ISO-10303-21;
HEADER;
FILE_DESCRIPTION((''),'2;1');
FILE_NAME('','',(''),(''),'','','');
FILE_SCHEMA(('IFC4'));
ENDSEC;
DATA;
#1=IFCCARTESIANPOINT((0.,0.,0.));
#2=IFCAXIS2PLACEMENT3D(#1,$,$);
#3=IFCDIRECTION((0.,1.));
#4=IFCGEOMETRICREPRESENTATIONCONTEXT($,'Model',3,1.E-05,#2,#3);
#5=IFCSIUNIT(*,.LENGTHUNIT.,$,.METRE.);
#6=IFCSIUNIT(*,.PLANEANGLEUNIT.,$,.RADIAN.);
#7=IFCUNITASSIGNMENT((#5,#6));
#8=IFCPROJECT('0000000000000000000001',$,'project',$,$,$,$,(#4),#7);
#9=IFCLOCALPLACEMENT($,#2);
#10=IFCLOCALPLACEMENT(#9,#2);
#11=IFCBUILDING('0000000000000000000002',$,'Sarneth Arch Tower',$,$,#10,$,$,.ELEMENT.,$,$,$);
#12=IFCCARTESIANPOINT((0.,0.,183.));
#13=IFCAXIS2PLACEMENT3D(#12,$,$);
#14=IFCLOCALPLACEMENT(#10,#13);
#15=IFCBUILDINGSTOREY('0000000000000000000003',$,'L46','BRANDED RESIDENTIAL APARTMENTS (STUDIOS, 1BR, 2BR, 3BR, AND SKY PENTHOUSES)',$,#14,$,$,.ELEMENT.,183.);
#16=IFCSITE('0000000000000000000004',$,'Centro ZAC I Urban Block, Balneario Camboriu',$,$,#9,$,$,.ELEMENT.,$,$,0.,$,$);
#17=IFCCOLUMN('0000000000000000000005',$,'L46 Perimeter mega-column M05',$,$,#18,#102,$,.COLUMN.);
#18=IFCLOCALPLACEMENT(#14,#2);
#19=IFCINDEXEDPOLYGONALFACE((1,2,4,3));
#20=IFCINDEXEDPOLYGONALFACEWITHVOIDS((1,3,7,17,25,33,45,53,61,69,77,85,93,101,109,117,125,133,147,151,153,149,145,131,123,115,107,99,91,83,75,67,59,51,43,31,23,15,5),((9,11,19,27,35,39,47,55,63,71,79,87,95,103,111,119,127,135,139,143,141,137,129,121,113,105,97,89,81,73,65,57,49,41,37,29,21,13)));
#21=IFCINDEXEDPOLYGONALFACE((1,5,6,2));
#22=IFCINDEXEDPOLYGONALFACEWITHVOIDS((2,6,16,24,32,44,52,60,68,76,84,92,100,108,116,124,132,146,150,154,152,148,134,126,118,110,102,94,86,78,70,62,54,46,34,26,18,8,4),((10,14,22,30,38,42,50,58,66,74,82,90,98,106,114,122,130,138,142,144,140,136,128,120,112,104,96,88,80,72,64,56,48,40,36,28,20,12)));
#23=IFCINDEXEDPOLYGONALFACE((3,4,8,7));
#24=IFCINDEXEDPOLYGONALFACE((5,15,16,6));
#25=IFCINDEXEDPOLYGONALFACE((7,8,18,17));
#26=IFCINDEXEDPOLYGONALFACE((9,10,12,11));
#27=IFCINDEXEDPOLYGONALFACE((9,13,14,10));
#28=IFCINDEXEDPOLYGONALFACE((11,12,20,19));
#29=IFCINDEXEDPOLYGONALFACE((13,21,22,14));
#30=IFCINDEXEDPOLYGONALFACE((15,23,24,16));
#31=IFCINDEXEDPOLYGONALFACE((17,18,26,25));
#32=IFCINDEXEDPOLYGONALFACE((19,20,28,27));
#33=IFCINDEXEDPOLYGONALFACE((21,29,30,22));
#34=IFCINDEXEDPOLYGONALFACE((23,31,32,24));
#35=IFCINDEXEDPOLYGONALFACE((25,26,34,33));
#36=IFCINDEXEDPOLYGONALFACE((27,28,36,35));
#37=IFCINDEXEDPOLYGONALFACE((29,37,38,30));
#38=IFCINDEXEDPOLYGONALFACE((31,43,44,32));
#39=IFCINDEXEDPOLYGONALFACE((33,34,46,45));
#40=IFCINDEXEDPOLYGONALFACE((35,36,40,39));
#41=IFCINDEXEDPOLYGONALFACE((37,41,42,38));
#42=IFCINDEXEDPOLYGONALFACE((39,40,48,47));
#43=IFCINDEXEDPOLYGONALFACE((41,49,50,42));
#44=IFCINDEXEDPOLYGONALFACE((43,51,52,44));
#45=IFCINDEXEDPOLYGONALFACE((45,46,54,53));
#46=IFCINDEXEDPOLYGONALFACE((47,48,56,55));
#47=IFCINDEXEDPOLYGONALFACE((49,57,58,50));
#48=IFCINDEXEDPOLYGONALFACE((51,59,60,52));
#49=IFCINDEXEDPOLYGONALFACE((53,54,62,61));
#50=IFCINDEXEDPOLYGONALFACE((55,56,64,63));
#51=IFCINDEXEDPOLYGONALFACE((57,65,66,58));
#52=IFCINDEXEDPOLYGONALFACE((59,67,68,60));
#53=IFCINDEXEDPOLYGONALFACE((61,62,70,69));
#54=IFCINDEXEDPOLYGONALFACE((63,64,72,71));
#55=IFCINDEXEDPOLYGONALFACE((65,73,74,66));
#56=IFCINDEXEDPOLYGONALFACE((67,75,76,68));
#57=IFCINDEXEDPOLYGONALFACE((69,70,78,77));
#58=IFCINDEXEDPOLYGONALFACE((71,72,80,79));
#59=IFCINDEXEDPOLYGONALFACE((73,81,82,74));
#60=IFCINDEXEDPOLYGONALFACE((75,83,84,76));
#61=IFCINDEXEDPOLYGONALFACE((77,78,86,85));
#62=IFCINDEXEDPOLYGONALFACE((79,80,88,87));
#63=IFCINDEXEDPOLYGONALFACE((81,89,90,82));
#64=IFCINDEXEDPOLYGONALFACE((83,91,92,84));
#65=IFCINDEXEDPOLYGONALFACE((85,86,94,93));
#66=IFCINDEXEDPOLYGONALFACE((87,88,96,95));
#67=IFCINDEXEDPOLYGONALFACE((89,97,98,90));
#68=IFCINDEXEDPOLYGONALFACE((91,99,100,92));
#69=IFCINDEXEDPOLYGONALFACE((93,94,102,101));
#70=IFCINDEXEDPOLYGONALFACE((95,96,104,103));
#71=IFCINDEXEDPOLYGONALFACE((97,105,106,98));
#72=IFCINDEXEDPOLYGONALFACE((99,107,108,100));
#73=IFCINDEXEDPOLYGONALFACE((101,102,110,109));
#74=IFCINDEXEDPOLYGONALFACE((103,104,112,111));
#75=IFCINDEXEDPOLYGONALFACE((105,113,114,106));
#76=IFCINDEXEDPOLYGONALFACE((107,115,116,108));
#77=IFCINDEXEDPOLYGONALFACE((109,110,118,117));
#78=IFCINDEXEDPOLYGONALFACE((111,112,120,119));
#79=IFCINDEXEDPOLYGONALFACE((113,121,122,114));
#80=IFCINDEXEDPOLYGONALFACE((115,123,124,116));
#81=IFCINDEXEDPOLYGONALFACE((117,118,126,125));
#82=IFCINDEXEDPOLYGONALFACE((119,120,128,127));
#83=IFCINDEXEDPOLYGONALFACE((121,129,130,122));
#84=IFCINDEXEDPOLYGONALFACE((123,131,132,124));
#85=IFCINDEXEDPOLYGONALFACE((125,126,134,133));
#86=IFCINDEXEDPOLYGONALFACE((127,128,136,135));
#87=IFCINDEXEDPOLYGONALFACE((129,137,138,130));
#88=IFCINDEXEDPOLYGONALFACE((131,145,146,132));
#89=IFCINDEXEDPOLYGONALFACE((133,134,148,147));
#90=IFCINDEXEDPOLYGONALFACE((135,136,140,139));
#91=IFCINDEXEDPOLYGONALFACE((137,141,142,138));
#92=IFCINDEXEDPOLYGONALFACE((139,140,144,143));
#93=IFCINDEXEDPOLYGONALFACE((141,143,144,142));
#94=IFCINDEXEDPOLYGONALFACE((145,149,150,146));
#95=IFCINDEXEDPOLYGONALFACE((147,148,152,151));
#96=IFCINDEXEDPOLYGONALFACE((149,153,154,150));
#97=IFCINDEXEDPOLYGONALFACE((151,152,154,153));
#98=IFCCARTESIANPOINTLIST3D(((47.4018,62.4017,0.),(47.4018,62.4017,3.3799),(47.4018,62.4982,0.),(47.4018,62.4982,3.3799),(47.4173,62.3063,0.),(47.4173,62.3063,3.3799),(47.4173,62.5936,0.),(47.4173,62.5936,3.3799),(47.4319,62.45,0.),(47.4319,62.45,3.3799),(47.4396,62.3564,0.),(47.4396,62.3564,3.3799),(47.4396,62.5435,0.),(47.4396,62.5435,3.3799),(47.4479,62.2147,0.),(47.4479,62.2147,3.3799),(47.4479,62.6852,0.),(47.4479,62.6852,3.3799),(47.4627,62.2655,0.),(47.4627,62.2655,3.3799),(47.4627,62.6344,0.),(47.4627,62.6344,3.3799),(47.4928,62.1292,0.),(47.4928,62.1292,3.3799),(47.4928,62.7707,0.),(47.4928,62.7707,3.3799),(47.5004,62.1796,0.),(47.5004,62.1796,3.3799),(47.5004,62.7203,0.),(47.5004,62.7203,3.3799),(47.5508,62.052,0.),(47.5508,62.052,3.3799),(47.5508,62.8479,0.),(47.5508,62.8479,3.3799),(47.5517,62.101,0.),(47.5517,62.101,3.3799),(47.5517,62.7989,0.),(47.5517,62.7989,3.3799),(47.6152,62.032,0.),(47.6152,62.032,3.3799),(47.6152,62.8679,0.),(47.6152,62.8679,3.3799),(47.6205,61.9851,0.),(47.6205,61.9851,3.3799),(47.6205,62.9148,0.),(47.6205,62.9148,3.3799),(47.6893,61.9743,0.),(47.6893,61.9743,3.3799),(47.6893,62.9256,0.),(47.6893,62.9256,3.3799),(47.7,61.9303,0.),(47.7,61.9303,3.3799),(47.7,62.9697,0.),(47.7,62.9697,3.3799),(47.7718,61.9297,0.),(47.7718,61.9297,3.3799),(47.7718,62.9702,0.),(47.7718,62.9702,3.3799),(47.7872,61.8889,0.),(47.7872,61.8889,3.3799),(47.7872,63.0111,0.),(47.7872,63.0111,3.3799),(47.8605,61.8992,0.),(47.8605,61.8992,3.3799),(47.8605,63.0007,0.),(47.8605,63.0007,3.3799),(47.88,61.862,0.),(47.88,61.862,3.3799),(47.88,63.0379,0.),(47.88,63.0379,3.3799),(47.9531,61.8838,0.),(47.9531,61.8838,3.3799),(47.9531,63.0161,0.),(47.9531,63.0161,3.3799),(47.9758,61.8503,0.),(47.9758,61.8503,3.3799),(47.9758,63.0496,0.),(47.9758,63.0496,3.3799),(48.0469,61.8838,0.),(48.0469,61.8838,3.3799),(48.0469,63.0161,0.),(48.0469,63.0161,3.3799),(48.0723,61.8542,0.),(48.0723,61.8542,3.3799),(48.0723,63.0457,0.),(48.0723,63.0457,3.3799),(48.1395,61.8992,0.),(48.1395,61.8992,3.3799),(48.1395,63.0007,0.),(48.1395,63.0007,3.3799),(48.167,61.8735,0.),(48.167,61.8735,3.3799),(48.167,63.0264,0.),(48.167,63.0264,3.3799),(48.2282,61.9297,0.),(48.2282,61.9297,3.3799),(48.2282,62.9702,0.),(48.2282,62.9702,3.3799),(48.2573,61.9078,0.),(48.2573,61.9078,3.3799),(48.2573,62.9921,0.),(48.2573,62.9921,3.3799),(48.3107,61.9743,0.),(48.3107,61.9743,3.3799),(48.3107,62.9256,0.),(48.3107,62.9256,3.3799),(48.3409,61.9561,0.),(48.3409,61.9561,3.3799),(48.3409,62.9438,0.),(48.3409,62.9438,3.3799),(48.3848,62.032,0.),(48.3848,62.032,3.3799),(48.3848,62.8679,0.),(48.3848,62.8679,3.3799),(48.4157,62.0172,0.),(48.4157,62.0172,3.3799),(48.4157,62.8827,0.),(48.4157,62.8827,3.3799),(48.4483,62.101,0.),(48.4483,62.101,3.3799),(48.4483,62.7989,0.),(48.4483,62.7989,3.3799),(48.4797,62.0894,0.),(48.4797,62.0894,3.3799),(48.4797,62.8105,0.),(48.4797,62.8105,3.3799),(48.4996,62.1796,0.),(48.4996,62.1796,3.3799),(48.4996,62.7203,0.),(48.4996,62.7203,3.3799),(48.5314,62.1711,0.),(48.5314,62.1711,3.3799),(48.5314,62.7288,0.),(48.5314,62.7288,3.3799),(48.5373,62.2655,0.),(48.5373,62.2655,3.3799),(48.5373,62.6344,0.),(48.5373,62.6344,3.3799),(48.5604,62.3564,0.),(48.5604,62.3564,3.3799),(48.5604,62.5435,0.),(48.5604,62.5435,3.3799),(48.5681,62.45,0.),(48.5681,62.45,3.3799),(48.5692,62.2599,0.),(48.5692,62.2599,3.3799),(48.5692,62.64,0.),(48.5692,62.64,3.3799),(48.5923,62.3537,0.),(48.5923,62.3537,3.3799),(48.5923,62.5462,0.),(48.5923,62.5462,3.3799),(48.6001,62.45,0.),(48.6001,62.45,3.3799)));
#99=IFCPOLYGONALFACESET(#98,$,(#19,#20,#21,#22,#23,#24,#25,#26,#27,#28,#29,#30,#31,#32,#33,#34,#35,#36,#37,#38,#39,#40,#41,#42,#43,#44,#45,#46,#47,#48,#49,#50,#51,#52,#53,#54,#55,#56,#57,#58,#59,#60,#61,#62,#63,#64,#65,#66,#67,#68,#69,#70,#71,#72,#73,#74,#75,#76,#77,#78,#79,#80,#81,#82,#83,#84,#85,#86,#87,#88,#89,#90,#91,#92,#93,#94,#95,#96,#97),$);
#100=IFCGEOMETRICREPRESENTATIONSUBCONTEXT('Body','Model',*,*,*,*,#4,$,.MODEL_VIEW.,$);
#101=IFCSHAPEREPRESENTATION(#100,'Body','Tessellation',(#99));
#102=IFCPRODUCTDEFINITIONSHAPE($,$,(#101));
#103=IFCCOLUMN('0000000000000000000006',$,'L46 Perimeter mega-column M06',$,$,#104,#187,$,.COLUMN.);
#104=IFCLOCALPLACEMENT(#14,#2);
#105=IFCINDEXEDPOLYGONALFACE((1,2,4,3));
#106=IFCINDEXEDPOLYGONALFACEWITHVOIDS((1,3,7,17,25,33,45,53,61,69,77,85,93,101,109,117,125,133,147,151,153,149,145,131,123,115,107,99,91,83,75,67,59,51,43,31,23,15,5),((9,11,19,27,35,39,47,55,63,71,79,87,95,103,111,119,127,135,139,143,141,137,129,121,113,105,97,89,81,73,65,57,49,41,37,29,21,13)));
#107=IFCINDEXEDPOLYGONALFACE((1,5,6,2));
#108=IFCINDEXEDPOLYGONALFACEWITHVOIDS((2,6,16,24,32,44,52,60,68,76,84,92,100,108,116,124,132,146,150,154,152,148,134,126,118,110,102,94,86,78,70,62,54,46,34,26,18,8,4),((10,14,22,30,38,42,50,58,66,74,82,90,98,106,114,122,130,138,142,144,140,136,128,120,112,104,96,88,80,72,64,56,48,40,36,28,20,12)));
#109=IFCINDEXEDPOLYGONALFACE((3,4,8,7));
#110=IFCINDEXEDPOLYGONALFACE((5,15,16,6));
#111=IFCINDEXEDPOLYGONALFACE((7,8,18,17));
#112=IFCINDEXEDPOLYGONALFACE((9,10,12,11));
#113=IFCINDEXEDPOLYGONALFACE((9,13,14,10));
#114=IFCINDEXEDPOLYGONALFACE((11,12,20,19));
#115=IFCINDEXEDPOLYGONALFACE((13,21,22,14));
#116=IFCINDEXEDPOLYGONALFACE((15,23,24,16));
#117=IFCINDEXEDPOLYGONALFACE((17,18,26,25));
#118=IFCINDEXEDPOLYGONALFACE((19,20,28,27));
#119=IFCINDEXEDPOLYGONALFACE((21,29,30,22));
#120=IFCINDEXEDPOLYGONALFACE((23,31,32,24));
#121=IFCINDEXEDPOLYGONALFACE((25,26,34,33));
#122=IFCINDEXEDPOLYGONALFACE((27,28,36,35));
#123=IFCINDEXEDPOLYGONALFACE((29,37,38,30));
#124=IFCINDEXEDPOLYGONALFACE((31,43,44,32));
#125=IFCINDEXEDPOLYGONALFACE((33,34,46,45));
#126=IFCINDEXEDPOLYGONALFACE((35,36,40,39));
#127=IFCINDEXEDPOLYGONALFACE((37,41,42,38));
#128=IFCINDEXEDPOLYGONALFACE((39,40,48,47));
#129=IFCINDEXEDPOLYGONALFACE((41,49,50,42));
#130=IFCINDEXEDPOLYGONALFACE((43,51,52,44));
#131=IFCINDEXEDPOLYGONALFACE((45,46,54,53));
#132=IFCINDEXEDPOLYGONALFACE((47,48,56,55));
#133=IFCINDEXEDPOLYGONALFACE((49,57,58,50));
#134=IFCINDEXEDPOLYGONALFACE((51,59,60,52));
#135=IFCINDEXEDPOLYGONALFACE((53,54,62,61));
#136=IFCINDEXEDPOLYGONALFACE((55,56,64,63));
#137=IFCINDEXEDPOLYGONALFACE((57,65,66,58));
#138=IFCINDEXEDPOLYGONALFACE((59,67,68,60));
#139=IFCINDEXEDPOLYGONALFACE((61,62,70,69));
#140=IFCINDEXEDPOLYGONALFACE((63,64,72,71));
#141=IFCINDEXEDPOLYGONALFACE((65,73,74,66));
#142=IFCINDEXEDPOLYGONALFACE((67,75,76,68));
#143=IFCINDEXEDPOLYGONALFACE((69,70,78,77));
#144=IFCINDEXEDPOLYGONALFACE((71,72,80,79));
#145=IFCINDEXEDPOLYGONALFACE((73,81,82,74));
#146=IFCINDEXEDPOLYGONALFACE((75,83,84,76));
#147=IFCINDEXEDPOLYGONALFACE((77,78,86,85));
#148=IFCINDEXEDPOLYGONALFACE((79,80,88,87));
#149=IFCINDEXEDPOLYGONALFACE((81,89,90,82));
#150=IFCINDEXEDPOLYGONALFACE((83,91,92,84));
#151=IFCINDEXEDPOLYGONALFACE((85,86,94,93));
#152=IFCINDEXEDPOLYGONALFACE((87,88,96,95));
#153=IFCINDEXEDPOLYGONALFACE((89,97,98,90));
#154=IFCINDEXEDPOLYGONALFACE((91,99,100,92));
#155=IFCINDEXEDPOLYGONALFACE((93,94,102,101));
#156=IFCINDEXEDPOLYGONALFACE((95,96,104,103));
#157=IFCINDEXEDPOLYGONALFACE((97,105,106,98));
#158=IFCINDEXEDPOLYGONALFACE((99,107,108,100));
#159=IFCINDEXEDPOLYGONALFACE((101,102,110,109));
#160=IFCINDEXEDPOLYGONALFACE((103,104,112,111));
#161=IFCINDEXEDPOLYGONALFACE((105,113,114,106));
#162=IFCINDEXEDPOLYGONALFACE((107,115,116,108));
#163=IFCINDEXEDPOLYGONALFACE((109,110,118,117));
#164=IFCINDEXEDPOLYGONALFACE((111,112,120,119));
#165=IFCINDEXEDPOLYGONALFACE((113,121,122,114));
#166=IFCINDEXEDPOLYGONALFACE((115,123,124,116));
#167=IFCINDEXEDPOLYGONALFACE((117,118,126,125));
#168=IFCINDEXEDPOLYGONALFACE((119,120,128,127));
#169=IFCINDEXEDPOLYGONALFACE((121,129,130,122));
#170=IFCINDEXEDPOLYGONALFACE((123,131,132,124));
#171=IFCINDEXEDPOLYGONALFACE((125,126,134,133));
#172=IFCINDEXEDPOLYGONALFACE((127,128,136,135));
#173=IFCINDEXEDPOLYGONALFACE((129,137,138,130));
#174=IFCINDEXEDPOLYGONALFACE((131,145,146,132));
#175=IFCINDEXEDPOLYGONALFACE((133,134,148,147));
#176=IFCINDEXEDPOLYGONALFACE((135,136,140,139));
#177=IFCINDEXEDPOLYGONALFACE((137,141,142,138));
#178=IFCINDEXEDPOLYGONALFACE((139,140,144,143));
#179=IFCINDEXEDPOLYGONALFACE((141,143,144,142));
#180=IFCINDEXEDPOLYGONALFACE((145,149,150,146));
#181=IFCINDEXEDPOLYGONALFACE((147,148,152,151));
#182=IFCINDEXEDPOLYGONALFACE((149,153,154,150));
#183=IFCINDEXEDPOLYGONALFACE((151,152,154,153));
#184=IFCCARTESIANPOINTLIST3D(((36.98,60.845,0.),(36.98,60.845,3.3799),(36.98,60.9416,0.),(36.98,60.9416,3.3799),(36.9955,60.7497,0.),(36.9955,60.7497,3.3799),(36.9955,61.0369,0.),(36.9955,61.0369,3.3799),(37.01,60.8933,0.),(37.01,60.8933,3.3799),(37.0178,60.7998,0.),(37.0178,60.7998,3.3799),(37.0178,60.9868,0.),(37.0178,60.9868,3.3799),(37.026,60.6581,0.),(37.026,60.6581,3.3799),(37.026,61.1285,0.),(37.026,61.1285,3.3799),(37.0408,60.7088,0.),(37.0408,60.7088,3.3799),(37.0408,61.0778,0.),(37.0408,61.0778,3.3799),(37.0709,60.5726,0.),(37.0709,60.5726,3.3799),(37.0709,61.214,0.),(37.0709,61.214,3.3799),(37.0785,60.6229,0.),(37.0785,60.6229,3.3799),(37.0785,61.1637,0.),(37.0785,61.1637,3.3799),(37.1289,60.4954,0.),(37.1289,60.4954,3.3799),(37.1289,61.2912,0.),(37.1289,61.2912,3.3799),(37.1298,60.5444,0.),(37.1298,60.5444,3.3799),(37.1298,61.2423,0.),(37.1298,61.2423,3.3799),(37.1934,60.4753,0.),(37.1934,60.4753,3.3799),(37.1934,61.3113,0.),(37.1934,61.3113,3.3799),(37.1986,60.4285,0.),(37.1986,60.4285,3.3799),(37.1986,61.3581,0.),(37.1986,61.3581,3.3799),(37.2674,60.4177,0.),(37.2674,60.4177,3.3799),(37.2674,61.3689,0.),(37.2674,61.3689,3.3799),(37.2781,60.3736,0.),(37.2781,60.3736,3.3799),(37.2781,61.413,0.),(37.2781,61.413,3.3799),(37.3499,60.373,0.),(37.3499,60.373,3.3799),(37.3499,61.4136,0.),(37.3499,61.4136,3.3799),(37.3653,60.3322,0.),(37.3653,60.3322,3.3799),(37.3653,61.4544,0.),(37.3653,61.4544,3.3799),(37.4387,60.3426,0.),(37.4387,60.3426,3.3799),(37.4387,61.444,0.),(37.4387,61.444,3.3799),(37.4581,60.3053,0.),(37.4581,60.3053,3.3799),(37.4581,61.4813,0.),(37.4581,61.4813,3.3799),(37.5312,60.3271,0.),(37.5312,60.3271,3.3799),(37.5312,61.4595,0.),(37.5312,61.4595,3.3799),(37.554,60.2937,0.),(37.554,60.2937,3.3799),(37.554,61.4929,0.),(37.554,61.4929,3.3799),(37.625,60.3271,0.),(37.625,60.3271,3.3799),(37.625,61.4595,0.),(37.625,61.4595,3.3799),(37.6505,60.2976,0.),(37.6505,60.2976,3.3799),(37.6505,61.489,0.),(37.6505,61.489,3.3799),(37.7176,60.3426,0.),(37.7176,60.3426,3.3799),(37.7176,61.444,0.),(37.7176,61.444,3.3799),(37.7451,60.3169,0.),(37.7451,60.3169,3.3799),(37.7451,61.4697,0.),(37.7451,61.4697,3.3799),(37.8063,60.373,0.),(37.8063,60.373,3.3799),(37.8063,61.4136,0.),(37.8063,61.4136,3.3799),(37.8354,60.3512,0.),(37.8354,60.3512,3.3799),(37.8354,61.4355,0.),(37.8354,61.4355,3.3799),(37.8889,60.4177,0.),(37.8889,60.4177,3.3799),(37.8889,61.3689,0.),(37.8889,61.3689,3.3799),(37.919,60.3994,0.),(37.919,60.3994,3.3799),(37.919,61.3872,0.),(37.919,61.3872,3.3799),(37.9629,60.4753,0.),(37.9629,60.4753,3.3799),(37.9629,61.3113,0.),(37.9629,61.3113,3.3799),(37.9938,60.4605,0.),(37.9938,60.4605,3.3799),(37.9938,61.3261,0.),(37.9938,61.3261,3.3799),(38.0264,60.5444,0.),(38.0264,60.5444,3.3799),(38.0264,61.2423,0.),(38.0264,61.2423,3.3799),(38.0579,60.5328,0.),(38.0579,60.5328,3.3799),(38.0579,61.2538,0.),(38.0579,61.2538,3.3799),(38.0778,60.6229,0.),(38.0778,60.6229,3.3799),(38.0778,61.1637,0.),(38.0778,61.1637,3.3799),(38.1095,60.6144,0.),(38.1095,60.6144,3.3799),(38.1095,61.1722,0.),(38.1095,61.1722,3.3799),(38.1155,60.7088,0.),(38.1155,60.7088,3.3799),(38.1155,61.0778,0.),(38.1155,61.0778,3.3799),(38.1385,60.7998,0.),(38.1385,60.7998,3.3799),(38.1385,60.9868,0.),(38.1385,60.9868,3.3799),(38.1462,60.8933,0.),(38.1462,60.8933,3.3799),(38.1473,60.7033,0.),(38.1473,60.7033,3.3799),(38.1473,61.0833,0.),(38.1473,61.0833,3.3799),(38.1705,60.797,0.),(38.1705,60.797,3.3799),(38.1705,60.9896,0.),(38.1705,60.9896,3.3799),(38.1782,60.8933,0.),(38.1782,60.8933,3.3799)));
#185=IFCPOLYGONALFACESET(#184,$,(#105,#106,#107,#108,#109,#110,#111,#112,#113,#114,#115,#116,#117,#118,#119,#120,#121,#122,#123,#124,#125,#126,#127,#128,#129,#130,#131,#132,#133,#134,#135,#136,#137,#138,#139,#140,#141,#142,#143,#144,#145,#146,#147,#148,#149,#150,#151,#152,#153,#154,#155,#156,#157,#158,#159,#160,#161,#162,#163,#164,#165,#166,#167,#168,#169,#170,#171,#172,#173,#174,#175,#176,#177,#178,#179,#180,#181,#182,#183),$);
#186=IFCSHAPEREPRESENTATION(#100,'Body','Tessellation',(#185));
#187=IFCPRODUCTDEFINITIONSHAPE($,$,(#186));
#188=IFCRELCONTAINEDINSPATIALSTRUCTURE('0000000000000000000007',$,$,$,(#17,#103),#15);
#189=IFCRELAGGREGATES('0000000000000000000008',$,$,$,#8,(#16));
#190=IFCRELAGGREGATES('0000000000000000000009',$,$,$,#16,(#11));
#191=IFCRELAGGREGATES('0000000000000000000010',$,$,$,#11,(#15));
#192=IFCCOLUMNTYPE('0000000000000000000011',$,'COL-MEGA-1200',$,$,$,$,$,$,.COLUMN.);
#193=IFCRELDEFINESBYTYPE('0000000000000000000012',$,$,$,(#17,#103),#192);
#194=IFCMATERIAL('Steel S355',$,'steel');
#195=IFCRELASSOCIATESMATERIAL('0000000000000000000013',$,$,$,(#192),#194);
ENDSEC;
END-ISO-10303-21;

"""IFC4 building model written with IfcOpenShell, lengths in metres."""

from ifc_helpers import new_model, si_unit, direction, frame, origin, origin_2d, place, context, subcontext, project, spatial, hollow_circle, extrude, material, material_profile, profile_set, type_object, element, save


model = new_model("IFC4")

# Units and contexts
model_context = context("Model", 3, precision=1e-05, world=origin(), true_north=direction((0.0, 1.0)))
body_context = subcontext(model_context, "Body", "Model", "MODEL_VIEW")
ifc_project = project(units=[si_unit("LENGTHUNIT", "METRE"), si_unit("PLANEANGLEUNIT", "RADIAN")], contexts=[model_context])

# Site, building, storey
site_placement = place(None, origin())
site = spatial("IfcSite", under=ifc_project, at=site_placement, Name="Centro ZAC I Urban Block, Balneario Camboriu", CompositionType="ELEMENT", RefElevation=0.0)
building_placement = place(site_placement, origin())
building = spatial("IfcBuilding", under=site, at=building_placement, Name="Sarneth Arch Tower", CompositionType="ELEMENT")
storey_placement = place(building_placement, frame((0.0, 0.0, 183.0)))
storey = spatial("IfcBuildingStorey", under=building, at=storey_placement, Name="L46", Description="BRANDED RESIDENTIAL APARTMENTS (STUDIOS, 1BR, 2BR, 3BR, AND SKY PENTHOUSES)", CompositionType="ELEMENT", Elevation=183.0)

# Columns
ifc_material_1 = material(Name="Steel S355", Category="steel")
ifc_material_profile_1 = material_profile(ifc_material_1, hollow_circle(Radius=0.6001, WallThickness=0.032, at=origin_2d()), Name="CHS1200x32")
ifc_profile_set_1 = profile_set([ifc_material_profile_1], Name="Steel S355")
column_type = type_object("IfcColumnType", Name="COL-MEGA-1200", PredefinedType="COLUMN", material=ifc_profile_set_1)
for number, where, z_axis, x_axis, name in (
    (1, (48.0, 62.45, 0.0), (0.0, 0.0, 1.0), (1.0, 0.0, 0.0), "L46 Perimeter mega-column M05"),
    (2, (37.5781, 60.8933, 0.0), (0.0, 0.0, 1.0), (1.0, 0.0, 0.0), "L46 Perimeter mega-column M06"),
):
    element("IfcColumn", number, at=place(storey_placement, frame(where, z_axis=z_axis, x_axis=x_axis)), inside=storey, type_object=column_type, Name=name, PredefinedType="COLUMN", context=body_context, shape_type="SweptSolid", body=[
        extrude(hollow_circle(Radius=0.6001, WallThickness=0.032, at=origin_2d()), origin(), (0.0, 0.0, 1.0), 3.3799),
    ])

save(model, "model.ifc")
